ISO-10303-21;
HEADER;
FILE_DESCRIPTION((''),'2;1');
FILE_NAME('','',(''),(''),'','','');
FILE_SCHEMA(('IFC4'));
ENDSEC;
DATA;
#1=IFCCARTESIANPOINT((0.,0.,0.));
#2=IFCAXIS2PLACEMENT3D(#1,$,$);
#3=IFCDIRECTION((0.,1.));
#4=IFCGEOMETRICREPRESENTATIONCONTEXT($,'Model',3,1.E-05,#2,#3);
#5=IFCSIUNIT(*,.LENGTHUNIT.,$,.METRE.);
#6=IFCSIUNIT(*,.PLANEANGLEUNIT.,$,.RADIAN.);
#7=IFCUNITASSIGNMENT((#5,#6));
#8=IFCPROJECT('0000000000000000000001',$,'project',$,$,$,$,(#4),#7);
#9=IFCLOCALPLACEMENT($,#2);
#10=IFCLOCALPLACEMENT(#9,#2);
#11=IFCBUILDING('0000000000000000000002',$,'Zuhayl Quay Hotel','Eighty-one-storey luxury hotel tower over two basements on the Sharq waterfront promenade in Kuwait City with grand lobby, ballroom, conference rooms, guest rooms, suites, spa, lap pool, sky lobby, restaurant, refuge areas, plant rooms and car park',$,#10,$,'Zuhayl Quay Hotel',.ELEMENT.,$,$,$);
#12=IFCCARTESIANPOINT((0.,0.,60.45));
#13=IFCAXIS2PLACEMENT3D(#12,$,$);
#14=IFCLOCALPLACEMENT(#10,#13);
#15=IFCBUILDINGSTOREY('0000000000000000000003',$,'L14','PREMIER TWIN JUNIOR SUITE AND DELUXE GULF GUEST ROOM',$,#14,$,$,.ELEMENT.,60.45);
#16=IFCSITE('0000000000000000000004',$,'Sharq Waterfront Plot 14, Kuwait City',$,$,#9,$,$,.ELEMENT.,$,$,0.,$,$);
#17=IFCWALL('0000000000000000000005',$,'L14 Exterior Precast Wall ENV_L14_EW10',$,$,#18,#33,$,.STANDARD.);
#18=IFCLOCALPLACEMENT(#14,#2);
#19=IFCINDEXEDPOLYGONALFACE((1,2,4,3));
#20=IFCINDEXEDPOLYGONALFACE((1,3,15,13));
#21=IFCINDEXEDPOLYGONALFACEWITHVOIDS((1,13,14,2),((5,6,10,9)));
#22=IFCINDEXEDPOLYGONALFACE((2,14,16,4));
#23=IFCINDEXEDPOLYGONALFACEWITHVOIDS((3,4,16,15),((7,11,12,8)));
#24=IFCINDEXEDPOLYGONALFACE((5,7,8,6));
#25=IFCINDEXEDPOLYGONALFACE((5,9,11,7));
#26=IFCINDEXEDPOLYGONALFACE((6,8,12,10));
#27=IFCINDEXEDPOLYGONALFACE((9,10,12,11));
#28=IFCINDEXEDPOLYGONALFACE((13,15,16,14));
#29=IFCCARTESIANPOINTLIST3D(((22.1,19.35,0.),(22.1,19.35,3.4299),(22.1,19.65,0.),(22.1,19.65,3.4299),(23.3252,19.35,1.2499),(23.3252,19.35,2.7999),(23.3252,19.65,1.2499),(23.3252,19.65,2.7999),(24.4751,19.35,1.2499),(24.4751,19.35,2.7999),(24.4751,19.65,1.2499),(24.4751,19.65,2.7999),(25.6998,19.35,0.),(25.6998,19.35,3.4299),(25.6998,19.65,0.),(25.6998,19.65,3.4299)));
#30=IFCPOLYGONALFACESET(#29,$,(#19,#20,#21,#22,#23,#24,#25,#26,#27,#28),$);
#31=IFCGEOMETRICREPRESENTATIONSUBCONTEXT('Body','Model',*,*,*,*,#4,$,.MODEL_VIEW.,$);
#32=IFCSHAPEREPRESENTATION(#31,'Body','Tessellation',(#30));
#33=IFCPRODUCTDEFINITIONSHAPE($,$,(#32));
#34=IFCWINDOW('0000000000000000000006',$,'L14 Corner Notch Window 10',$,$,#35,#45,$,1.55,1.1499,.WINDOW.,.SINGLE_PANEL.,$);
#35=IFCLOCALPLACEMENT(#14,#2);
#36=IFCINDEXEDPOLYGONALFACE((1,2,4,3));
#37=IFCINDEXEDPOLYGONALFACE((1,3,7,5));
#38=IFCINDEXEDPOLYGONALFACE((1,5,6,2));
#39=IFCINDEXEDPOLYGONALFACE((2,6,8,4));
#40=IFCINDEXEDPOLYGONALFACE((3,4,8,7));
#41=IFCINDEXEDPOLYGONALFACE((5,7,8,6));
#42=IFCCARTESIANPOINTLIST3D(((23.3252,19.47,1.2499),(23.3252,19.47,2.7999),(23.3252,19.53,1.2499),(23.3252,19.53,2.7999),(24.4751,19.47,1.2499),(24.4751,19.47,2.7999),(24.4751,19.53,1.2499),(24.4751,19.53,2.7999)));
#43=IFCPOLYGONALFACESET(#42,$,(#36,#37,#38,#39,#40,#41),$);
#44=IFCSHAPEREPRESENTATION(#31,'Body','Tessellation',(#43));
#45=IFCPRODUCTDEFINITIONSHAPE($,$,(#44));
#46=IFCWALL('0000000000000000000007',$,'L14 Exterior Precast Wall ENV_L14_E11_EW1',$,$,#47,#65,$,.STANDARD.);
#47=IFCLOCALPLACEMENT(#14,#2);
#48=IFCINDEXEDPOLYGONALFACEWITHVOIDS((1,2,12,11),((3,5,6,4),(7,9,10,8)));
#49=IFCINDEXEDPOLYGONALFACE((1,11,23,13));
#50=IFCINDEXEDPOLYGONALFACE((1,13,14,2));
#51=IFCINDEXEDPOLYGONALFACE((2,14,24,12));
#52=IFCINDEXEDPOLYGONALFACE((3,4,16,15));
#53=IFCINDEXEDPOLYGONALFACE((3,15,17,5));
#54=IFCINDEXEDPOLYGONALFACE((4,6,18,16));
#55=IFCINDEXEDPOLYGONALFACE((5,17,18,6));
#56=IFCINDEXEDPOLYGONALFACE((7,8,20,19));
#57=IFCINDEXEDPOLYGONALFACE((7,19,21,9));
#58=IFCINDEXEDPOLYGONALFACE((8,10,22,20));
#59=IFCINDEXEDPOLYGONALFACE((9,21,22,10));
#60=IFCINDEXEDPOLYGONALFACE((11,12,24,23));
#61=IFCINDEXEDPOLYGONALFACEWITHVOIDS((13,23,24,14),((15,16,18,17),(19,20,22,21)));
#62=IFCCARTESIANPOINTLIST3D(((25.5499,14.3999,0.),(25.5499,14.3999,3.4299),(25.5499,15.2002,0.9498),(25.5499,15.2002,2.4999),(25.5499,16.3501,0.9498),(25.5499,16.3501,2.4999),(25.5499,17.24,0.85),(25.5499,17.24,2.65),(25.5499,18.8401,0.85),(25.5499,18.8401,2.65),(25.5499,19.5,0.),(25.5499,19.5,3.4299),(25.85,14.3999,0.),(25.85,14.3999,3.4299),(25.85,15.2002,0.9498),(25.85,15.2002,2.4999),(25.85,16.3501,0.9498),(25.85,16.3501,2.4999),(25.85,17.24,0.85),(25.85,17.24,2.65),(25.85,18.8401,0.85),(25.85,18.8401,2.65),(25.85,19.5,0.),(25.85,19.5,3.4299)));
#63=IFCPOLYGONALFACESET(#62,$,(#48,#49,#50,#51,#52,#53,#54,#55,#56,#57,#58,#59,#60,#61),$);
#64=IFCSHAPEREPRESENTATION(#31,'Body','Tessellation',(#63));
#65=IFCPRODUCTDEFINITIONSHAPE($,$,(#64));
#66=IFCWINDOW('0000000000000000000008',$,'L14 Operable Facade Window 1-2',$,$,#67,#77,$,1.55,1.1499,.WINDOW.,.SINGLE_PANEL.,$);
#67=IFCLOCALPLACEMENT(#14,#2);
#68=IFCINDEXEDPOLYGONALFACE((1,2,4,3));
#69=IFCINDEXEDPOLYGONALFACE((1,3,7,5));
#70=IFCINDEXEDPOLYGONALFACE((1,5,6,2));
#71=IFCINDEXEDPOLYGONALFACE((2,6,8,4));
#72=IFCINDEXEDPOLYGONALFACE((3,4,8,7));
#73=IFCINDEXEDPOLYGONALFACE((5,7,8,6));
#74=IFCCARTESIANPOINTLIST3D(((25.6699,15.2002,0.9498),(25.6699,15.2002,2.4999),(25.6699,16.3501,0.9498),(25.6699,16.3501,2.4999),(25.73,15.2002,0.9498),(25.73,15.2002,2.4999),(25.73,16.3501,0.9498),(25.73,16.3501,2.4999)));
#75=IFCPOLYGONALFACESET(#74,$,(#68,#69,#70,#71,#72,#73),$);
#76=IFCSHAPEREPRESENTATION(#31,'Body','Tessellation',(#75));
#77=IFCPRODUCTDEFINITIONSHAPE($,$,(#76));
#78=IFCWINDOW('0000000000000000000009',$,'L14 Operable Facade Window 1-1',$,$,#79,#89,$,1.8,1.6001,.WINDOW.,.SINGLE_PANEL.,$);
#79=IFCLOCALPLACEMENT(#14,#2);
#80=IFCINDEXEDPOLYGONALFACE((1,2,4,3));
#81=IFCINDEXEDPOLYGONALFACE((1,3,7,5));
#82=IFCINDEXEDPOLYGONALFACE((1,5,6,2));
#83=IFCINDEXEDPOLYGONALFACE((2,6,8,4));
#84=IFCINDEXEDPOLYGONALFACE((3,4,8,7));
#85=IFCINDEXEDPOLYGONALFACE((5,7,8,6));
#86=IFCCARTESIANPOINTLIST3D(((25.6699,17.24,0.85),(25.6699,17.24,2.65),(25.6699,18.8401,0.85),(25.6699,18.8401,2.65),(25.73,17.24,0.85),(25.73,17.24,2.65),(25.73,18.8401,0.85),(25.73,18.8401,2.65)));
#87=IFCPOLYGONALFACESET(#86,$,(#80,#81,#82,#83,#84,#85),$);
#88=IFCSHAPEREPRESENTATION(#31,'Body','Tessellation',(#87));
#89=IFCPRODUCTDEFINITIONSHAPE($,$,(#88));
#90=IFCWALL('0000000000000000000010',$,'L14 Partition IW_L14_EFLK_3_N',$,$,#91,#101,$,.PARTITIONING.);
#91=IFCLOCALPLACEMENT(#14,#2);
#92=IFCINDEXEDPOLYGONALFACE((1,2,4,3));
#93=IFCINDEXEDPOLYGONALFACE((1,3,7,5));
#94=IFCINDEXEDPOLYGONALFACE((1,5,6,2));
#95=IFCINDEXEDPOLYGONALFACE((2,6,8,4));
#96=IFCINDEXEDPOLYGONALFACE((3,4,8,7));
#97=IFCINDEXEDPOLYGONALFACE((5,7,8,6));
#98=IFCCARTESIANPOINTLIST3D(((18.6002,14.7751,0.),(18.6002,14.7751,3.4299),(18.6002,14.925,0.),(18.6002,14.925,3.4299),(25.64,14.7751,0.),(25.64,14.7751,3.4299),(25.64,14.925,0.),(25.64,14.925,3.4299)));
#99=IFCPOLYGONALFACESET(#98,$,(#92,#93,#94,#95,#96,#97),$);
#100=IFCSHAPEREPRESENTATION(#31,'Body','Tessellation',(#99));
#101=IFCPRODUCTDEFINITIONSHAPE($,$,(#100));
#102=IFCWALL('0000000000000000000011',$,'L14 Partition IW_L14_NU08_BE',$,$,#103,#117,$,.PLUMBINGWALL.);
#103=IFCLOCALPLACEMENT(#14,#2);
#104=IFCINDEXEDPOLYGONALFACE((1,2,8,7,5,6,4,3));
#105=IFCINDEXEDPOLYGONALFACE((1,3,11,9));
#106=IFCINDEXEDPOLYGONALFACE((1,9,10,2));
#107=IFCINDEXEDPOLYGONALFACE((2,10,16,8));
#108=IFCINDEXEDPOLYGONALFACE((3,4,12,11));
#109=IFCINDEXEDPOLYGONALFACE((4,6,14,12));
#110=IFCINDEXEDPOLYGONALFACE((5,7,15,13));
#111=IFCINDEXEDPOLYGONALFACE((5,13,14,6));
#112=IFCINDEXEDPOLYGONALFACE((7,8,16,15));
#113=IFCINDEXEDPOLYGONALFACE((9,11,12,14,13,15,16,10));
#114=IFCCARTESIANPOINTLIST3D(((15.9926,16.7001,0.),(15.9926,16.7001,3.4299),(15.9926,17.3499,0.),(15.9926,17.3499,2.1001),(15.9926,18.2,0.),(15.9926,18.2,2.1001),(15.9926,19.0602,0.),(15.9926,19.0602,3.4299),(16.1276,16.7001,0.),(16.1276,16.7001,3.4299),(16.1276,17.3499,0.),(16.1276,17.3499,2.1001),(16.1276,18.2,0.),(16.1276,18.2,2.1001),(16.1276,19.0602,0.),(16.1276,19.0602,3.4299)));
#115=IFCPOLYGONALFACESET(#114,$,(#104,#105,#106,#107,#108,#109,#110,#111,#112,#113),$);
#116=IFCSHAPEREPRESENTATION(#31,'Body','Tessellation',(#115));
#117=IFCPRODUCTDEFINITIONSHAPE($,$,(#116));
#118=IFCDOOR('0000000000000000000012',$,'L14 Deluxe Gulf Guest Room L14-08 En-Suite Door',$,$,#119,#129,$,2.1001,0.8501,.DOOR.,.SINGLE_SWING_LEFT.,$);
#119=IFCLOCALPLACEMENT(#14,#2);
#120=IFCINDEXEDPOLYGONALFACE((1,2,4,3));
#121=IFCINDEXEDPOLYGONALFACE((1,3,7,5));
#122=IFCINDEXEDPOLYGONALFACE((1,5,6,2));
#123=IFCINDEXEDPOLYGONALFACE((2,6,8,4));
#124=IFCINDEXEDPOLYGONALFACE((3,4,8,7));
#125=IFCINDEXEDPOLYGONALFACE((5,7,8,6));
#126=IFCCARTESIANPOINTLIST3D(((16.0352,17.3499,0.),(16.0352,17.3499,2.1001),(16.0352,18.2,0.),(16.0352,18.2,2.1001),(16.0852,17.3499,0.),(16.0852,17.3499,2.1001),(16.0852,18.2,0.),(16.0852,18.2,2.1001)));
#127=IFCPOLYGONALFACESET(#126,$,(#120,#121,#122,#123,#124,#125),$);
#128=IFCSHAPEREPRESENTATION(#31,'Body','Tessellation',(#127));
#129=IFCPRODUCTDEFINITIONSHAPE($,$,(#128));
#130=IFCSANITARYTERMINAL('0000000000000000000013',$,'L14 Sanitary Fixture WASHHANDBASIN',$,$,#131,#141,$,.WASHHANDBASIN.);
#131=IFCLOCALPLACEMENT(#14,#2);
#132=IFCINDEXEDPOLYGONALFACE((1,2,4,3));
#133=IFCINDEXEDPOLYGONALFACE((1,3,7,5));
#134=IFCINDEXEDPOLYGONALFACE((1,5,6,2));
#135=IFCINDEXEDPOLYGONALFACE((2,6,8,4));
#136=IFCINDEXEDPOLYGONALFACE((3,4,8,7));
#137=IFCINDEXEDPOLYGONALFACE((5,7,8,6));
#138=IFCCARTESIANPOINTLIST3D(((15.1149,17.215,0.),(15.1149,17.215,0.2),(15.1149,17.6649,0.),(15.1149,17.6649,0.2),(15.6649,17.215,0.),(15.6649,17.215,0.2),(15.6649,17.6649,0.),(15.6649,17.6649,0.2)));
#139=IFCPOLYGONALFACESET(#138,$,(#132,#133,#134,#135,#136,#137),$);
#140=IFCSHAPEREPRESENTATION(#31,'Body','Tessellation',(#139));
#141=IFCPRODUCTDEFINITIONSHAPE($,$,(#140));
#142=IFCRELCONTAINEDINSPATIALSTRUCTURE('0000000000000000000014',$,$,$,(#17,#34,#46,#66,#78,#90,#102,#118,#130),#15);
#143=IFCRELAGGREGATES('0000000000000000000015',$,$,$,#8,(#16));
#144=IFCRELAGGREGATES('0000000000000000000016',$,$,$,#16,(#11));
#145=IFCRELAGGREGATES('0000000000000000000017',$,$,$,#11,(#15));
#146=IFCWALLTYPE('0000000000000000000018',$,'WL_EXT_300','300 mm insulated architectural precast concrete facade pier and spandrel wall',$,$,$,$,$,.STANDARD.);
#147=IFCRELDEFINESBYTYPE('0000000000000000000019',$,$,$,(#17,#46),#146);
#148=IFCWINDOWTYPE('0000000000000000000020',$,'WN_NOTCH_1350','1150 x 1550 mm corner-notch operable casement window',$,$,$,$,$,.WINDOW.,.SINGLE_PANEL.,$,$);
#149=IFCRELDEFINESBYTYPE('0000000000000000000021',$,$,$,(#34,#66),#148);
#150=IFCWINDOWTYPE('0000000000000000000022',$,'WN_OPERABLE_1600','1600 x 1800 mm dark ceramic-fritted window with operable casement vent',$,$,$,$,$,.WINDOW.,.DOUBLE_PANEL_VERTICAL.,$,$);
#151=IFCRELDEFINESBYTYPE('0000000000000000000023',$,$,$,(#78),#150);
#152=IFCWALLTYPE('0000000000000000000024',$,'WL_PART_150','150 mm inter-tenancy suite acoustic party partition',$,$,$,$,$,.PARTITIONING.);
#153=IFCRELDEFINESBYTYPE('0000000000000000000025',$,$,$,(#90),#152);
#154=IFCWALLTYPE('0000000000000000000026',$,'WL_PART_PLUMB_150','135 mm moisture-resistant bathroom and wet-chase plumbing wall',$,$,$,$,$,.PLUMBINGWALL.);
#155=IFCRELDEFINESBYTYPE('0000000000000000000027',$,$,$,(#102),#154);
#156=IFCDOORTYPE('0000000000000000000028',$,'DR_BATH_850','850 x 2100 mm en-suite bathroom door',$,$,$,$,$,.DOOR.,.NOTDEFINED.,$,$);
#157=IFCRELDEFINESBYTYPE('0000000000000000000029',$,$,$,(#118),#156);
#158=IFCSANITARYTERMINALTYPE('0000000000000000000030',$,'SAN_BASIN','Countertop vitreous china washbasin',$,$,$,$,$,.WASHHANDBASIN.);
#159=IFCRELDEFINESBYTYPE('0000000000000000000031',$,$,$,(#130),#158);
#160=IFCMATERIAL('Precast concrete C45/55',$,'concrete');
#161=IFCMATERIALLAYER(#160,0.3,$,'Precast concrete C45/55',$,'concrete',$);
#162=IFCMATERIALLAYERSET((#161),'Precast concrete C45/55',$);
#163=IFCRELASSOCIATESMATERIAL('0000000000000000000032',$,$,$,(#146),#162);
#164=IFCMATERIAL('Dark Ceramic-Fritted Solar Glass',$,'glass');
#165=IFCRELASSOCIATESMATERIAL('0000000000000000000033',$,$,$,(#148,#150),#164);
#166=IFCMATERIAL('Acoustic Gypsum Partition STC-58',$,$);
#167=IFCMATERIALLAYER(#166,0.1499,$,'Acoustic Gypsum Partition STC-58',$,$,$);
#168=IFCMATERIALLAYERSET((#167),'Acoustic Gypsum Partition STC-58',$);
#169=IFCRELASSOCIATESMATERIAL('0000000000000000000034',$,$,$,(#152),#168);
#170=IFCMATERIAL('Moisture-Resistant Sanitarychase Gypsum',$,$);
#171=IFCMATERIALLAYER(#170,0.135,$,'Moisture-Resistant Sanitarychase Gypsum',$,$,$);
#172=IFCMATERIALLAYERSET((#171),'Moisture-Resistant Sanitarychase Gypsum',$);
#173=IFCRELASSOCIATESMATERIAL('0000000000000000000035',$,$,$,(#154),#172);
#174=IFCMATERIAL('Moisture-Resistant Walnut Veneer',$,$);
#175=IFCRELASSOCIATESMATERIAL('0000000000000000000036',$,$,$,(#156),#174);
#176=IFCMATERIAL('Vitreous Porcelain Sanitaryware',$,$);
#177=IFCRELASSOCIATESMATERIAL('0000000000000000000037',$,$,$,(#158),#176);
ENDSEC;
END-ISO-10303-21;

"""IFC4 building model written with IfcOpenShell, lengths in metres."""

from ifc_helpers import new_model, si_unit, direction, frame, frame_2d, origin, origin_2d, place, context, subcontext, project, spatial, rectangle, extrude, material, layer, layer_set, type_object, element, fill, save


model = new_model("IFC4")

# Units and contexts
model_context = context("Model", 3, precision=1e-05, world=origin(), true_north=direction((0.0, 1.0)))
body_context = subcontext(model_context, "Body", "Model", "MODEL_VIEW")
ifc_project = project(units=[si_unit("LENGTHUNIT", "METRE"), si_unit("PLANEANGLEUNIT", "RADIAN")], contexts=[model_context])

# Site, building, storey
site_placement = place(None, origin())
site = spatial("IfcSite", under=ifc_project, at=site_placement, Name="Sharq Waterfront Plot 14, Kuwait City", CompositionType="ELEMENT", RefElevation=0.0)
building_placement = place(site_placement, origin())
building = spatial("IfcBuilding", under=site, at=building_placement, Name="Zuhayl Quay Hotel", Description="Eighty-one-storey luxury hotel tower over two basements on the Sharq waterfront promenade in Kuwait City with grand lobby, ballroom, conference rooms, guest rooms, suites, spa, lap pool, sky lobby, restaurant, refuge areas, plant rooms and car park", LongName="Zuhayl Quay Hotel", CompositionType="ELEMENT")
storey_placement = place(building_placement, frame((0.0, 0.0, 60.45)))
storey = spatial("IfcBuildingStorey", under=building, at=storey_placement, Name="L14", Description="PREMIER TWIN JUNIOR SUITE AND DELUXE GULF GUEST ROOM", CompositionType="ELEMENT", Elevation=60.45)

# Shared definitions
ifc_material_1 = material(Name="Dark Ceramic-Fritted Solar Glass", Category="glass")

# Shared definitions
ifc_material_2 = material(Name="Precast concrete C45/55", Category="concrete")
ifc_layer_1 = layer(ifc_material_2, 0.3, Name="Precast concrete C45/55", Category="concrete")
ifc_layer_set_1 = layer_set([ifc_layer_1], Name="Precast concrete C45/55")
wall_type_1 = type_object("IfcWallType", Name="WL_EXT_300", Description="300 mm insulated architectural precast concrete facade pier and spandrel wall", PredefinedType="STANDARD", material=ifc_layer_set_1)

# Wall, opening, window
window_type_1 = type_object("IfcWindowType", Name="WN_NOTCH_1350", Description="1150 x 1550 mm corner-notch operable casement window", PartitioningType="SINGLE_PANEL", PredefinedType="WINDOW", material=ifc_material_1)
wall_1_placement = place(storey_placement, frame((22.1001, 19.5, 0.0), z_axis=(0.0, 0.0, 1.0), x_axis=(1.0, 0.0, 0.0)))
wall_1 = element("IfcWall", 1, at=wall_1_placement, inside=storey, type_object=wall_type_1, Name="L14 Exterior Precast Wall ENV_L14_EW10", PredefinedType="STANDARD", context=body_context, shape_type="SweptSolid", body=[
    extrude(rectangle(XDim=3.5999, YDim=0.3, at=frame_2d((1.7998, 0.0))), origin(), (0.0, 0.0, 1.0), 3.4299),
])
opening_1_placement = place(wall_1_placement, frame((1.2251, 0.0, 1.25)))
opening_1 = element("IfcOpeningElement", 2, at=opening_1_placement, cuts=wall_1, PredefinedType="OPENING", context=body_context, shape_type="SweptSolid", body=[
    extrude(rectangle(XDim=1.1499, YDim=1.55, at=frame_2d((0.575, 0.7749))), frame((0.0, 0.1599, 0.0), z_axis=(0.0, -1.0, 0.0), x_axis=(1.0, 0.0, 0.0)), (0.0, 0.0, 1.0), 0.3201),
])
window_1_placement = place(opening_1_placement, origin())
window_1 = element("IfcWindow", 3, at=window_1_placement, inside=storey, type_object=window_type_1, Name="L14 Corner Notch Window 10", OverallHeight=1.55, OverallWidth=1.1499, PartitioningType="SINGLE_PANEL", PredefinedType="WINDOW", context=body_context, shape_type="SweptSolid", body=[
    extrude(rectangle(XDim=1.1499, YDim=1.55, at=frame_2d((0.575, 0.7749))), frame((0.0, 0.03, 0.0), z_axis=(0.0, -1.0, 0.0), x_axis=(1.0, 0.0, 0.0)), (0.0, 0.0, 1.0), 0.0601),
])
fill(opening_1, window_1)

# Wall, openings, windows
wall_2_placement = place(storey_placement, frame((25.7, 19.5, 0.0), z_axis=(0.0, 0.0, 1.0), x_axis=(0.0, -1.0, 0.0)))
wall_2 = element("IfcWall", 4, at=wall_2_placement, inside=storey, type_object=wall_type_1, Name="L14 Exterior Precast Wall ENV_L14_E11_EW1", PredefinedType="STANDARD", context=body_context, shape_type="SweptSolid", body=[
    extrude(rectangle(XDim=5.1001, YDim=0.3, at=frame_2d((2.55, 0.0))), origin(), (0.0, 0.0, 1.0), 3.4299),
])
opening_2_placement = place(wall_2_placement, frame((0.6599, 0.0, 0.8501)))
opening_2 = element("IfcOpeningElement", 5, at=opening_2_placement, cuts=wall_2, PredefinedType="OPENING", context=body_context, shape_type="SweptSolid", body=[
    extrude(rectangle(XDim=1.6001, YDim=1.8, at=frame_2d((0.8, 0.8999))), frame((0.0, 0.1599, 0.0), z_axis=(0.0, -1.0, 0.0), x_axis=(1.0, 0.0, 0.0)), (0.0, 0.0, 1.0), 0.3201),
])
opening_3_placement = place(wall_2_placement, frame((3.1499, 0.0, 0.95)))
opening_3 = element("IfcOpeningElement", 6, at=opening_3_placement, cuts=wall_2, PredefinedType="OPENING", context=body_context, shape_type="SweptSolid", body=[
    extrude(rectangle(XDim=1.1499, YDim=1.55, at=frame_2d((0.575, 0.7749))), frame((0.0, 0.1599, 0.0), z_axis=(0.0, -1.0, 0.0), x_axis=(1.0, 0.0, 0.0)), (0.0, 0.0, 1.0), 0.3201),
])
window_2_placement = place(opening_3_placement, origin())
window_2 = element("IfcWindow", 7, at=window_2_placement, inside=storey, type_object=window_type_1, Name="L14 Operable Facade Window 1-2", OverallHeight=1.55, OverallWidth=1.1499, PartitioningType="SINGLE_PANEL", PredefinedType="WINDOW", context=body_context, shape_type="SweptSolid", body=[
    extrude(rectangle(XDim=1.1499, YDim=1.55, at=frame_2d((0.575, 0.7749))), frame((0.0, 0.03, 0.0), z_axis=(0.0, -1.0, 0.0), x_axis=(1.0, 0.0, 0.0)), (0.0, 0.0, 1.0), 0.0601),
])
fill(opening_3, window_2)
window_type_2 = type_object("IfcWindowType", Name="WN_OPERABLE_1600", Description="1600 x 1800 mm dark ceramic-fritted window with operable casement vent", PartitioningType="DOUBLE_PANEL_VERTICAL", PredefinedType="WINDOW", material=ifc_material_1)
window_3_placement = place(opening_2_placement, origin())
window_3 = element("IfcWindow", 8, at=window_3_placement, inside=storey, type_object=window_type_2, Name="L14 Operable Facade Window 1-1", OverallHeight=1.8, OverallWidth=1.6001, PartitioningType="SINGLE_PANEL", PredefinedType="WINDOW", context=body_context, shape_type="SweptSolid", body=[
    extrude(rectangle(XDim=1.6001, YDim=1.8, at=frame_2d((0.8, 0.8999))), frame((0.0, 0.03, 0.0), z_axis=(0.0, -1.0, 0.0), x_axis=(1.0, 0.0, 0.0)), (0.0, 0.0, 1.0), 0.0601),
])
fill(opening_2, window_3)

# Wall
ifc_material_3 = material(Name="Acoustic Gypsum Partition STC-58")
ifc_layer_2 = layer(ifc_material_3, 0.1499, Name="Acoustic Gypsum Partition STC-58")
ifc_layer_set_2 = layer_set([ifc_layer_2], Name="Acoustic Gypsum Partition STC-58")
wall_type_2 = type_object("IfcWallType", Name="WL_PART_150", Description="150 mm inter-tenancy suite acoustic party partition", PredefinedType="PARTITIONING", material=ifc_layer_set_2)
wall_3_placement = place(storey_placement, frame((18.6001, 14.8501, 0.0), z_axis=(0.0, 0.0, 1.0), x_axis=(1.0, 0.0, 0.0)))
element("IfcWall", 9, at=wall_3_placement, inside=storey, type_object=wall_type_2, Name="L14 Partition IW_L14_EFLK_3_N", PredefinedType="PARTITIONING", context=body_context, shape_type="SweptSolid", body=[
    extrude(rectangle(XDim=7.0398, YDim=0.1499, at=frame_2d((3.52, 0.0))), origin(), (0.0, 0.0, 1.0), 3.4299),
])

# Wall, opening, door
ifc_material_4 = material(Name="Moisture-Resistant Sanitarychase Gypsum")
ifc_layer_3 = layer(ifc_material_4, 0.135, Name="Moisture-Resistant Sanitarychase Gypsum")
ifc_layer_set_3 = layer_set([ifc_layer_3], Name="Moisture-Resistant Sanitarychase Gypsum")
wall_type_3 = type_object("IfcWallType", Name="WL_PART_PLUMB_150", Description="135 mm moisture-resistant bathroom and wet-chase plumbing wall", PredefinedType="PLUMBINGWALL", material=ifc_layer_set_3)
wall_4_placement = place(storey_placement, frame((16.0601, 16.7, 0.0), z_axis=(0.0, 0.0, 1.0), x_axis=(0.0, 1.0, 0.0)))
wall_4 = element("IfcWall", 10, at=wall_4_placement, inside=storey, type_object=wall_type_3, Name="L14 Partition IW_L14_NU08_BE", PredefinedType="PLUMBINGWALL", context=body_context, shape_type="SweptSolid", body=[
    extrude(rectangle(XDim=2.3601, YDim=0.135, at=frame_2d((1.1802, 0.0))), origin(), (0.0, 0.0, 1.0), 3.4299),
])
opening_4_placement = place(wall_4_placement, frame((0.6499, 0.0, 0.0)))
opening_4 = element("IfcOpeningElement", 11, at=opening_4_placement, cuts=wall_4, PredefinedType="OPENING", context=body_context, shape_type="SweptSolid", body=[
    extrude(rectangle(XDim=0.8501, YDim=2.1001, at=frame_2d((0.425, 1.05))), frame((0.0, 0.0774, 0.0), z_axis=(0.0, -1.0, 0.0), x_axis=(1.0, 0.0, 0.0)), (0.0, 0.0, 1.0), 0.155),
])
ifc_material_5 = material(Name="Moisture-Resistant Walnut Veneer")
door_type = type_object("IfcDoorType", Name="DR_BATH_850", Description="850 x 2100 mm en-suite bathroom door", OperationType="NOTDEFINED", PredefinedType="DOOR", material=ifc_material_5)
door_placement = place(opening_4_placement, origin())
door = element("IfcDoor", 12, at=door_placement, inside=storey, type_object=door_type, Name="L14 Deluxe Gulf Guest Room L14-08 En-Suite Door", OperationType="SINGLE_SWING_LEFT", OverallHeight=2.1001, OverallWidth=0.8501, PredefinedType="DOOR", context=body_context, shape_type="SweptSolid", body=[
    extrude(rectangle(XDim=0.8501, YDim=2.1001, at=frame_2d((0.425, 1.05))), frame((0.0, 0.0249, 0.0), z_axis=(0.0, -1.0, 0.0), x_axis=(1.0, 0.0, 0.0)), (0.0, 0.0, 1.0), 0.05),
])
fill(opening_4, door)

# Sanitary terminal
ifc_material_6 = material(Name="Vitreous Porcelain Sanitaryware")
sanitary_terminal_type = type_object("IfcSanitaryTerminalType", Name="SAN_BASIN", Description="Countertop vitreous china washbasin", PredefinedType="WASHHANDBASIN", material=ifc_material_6)
sanitary_terminal_placement = place(storey_placement, frame((15.3899, 17.4399, 0.0), z_axis=(0.0, 0.0, 1.0), x_axis=(1.0, 0.0, 0.0)))
element("IfcSanitaryTerminal", 13, at=sanitary_terminal_placement, inside=storey, type_object=sanitary_terminal_type, Name="L14 Sanitary Fixture WASHHANDBASIN", PredefinedType="WASHHANDBASIN", context=body_context, shape_type="SweptSolid", body=[
    extrude(rectangle(XDim=0.55, YDim=0.45, at=origin_2d()), origin(), (0.0, 0.0, 1.0), 0.2),
])

save(model, "model.ifc")
